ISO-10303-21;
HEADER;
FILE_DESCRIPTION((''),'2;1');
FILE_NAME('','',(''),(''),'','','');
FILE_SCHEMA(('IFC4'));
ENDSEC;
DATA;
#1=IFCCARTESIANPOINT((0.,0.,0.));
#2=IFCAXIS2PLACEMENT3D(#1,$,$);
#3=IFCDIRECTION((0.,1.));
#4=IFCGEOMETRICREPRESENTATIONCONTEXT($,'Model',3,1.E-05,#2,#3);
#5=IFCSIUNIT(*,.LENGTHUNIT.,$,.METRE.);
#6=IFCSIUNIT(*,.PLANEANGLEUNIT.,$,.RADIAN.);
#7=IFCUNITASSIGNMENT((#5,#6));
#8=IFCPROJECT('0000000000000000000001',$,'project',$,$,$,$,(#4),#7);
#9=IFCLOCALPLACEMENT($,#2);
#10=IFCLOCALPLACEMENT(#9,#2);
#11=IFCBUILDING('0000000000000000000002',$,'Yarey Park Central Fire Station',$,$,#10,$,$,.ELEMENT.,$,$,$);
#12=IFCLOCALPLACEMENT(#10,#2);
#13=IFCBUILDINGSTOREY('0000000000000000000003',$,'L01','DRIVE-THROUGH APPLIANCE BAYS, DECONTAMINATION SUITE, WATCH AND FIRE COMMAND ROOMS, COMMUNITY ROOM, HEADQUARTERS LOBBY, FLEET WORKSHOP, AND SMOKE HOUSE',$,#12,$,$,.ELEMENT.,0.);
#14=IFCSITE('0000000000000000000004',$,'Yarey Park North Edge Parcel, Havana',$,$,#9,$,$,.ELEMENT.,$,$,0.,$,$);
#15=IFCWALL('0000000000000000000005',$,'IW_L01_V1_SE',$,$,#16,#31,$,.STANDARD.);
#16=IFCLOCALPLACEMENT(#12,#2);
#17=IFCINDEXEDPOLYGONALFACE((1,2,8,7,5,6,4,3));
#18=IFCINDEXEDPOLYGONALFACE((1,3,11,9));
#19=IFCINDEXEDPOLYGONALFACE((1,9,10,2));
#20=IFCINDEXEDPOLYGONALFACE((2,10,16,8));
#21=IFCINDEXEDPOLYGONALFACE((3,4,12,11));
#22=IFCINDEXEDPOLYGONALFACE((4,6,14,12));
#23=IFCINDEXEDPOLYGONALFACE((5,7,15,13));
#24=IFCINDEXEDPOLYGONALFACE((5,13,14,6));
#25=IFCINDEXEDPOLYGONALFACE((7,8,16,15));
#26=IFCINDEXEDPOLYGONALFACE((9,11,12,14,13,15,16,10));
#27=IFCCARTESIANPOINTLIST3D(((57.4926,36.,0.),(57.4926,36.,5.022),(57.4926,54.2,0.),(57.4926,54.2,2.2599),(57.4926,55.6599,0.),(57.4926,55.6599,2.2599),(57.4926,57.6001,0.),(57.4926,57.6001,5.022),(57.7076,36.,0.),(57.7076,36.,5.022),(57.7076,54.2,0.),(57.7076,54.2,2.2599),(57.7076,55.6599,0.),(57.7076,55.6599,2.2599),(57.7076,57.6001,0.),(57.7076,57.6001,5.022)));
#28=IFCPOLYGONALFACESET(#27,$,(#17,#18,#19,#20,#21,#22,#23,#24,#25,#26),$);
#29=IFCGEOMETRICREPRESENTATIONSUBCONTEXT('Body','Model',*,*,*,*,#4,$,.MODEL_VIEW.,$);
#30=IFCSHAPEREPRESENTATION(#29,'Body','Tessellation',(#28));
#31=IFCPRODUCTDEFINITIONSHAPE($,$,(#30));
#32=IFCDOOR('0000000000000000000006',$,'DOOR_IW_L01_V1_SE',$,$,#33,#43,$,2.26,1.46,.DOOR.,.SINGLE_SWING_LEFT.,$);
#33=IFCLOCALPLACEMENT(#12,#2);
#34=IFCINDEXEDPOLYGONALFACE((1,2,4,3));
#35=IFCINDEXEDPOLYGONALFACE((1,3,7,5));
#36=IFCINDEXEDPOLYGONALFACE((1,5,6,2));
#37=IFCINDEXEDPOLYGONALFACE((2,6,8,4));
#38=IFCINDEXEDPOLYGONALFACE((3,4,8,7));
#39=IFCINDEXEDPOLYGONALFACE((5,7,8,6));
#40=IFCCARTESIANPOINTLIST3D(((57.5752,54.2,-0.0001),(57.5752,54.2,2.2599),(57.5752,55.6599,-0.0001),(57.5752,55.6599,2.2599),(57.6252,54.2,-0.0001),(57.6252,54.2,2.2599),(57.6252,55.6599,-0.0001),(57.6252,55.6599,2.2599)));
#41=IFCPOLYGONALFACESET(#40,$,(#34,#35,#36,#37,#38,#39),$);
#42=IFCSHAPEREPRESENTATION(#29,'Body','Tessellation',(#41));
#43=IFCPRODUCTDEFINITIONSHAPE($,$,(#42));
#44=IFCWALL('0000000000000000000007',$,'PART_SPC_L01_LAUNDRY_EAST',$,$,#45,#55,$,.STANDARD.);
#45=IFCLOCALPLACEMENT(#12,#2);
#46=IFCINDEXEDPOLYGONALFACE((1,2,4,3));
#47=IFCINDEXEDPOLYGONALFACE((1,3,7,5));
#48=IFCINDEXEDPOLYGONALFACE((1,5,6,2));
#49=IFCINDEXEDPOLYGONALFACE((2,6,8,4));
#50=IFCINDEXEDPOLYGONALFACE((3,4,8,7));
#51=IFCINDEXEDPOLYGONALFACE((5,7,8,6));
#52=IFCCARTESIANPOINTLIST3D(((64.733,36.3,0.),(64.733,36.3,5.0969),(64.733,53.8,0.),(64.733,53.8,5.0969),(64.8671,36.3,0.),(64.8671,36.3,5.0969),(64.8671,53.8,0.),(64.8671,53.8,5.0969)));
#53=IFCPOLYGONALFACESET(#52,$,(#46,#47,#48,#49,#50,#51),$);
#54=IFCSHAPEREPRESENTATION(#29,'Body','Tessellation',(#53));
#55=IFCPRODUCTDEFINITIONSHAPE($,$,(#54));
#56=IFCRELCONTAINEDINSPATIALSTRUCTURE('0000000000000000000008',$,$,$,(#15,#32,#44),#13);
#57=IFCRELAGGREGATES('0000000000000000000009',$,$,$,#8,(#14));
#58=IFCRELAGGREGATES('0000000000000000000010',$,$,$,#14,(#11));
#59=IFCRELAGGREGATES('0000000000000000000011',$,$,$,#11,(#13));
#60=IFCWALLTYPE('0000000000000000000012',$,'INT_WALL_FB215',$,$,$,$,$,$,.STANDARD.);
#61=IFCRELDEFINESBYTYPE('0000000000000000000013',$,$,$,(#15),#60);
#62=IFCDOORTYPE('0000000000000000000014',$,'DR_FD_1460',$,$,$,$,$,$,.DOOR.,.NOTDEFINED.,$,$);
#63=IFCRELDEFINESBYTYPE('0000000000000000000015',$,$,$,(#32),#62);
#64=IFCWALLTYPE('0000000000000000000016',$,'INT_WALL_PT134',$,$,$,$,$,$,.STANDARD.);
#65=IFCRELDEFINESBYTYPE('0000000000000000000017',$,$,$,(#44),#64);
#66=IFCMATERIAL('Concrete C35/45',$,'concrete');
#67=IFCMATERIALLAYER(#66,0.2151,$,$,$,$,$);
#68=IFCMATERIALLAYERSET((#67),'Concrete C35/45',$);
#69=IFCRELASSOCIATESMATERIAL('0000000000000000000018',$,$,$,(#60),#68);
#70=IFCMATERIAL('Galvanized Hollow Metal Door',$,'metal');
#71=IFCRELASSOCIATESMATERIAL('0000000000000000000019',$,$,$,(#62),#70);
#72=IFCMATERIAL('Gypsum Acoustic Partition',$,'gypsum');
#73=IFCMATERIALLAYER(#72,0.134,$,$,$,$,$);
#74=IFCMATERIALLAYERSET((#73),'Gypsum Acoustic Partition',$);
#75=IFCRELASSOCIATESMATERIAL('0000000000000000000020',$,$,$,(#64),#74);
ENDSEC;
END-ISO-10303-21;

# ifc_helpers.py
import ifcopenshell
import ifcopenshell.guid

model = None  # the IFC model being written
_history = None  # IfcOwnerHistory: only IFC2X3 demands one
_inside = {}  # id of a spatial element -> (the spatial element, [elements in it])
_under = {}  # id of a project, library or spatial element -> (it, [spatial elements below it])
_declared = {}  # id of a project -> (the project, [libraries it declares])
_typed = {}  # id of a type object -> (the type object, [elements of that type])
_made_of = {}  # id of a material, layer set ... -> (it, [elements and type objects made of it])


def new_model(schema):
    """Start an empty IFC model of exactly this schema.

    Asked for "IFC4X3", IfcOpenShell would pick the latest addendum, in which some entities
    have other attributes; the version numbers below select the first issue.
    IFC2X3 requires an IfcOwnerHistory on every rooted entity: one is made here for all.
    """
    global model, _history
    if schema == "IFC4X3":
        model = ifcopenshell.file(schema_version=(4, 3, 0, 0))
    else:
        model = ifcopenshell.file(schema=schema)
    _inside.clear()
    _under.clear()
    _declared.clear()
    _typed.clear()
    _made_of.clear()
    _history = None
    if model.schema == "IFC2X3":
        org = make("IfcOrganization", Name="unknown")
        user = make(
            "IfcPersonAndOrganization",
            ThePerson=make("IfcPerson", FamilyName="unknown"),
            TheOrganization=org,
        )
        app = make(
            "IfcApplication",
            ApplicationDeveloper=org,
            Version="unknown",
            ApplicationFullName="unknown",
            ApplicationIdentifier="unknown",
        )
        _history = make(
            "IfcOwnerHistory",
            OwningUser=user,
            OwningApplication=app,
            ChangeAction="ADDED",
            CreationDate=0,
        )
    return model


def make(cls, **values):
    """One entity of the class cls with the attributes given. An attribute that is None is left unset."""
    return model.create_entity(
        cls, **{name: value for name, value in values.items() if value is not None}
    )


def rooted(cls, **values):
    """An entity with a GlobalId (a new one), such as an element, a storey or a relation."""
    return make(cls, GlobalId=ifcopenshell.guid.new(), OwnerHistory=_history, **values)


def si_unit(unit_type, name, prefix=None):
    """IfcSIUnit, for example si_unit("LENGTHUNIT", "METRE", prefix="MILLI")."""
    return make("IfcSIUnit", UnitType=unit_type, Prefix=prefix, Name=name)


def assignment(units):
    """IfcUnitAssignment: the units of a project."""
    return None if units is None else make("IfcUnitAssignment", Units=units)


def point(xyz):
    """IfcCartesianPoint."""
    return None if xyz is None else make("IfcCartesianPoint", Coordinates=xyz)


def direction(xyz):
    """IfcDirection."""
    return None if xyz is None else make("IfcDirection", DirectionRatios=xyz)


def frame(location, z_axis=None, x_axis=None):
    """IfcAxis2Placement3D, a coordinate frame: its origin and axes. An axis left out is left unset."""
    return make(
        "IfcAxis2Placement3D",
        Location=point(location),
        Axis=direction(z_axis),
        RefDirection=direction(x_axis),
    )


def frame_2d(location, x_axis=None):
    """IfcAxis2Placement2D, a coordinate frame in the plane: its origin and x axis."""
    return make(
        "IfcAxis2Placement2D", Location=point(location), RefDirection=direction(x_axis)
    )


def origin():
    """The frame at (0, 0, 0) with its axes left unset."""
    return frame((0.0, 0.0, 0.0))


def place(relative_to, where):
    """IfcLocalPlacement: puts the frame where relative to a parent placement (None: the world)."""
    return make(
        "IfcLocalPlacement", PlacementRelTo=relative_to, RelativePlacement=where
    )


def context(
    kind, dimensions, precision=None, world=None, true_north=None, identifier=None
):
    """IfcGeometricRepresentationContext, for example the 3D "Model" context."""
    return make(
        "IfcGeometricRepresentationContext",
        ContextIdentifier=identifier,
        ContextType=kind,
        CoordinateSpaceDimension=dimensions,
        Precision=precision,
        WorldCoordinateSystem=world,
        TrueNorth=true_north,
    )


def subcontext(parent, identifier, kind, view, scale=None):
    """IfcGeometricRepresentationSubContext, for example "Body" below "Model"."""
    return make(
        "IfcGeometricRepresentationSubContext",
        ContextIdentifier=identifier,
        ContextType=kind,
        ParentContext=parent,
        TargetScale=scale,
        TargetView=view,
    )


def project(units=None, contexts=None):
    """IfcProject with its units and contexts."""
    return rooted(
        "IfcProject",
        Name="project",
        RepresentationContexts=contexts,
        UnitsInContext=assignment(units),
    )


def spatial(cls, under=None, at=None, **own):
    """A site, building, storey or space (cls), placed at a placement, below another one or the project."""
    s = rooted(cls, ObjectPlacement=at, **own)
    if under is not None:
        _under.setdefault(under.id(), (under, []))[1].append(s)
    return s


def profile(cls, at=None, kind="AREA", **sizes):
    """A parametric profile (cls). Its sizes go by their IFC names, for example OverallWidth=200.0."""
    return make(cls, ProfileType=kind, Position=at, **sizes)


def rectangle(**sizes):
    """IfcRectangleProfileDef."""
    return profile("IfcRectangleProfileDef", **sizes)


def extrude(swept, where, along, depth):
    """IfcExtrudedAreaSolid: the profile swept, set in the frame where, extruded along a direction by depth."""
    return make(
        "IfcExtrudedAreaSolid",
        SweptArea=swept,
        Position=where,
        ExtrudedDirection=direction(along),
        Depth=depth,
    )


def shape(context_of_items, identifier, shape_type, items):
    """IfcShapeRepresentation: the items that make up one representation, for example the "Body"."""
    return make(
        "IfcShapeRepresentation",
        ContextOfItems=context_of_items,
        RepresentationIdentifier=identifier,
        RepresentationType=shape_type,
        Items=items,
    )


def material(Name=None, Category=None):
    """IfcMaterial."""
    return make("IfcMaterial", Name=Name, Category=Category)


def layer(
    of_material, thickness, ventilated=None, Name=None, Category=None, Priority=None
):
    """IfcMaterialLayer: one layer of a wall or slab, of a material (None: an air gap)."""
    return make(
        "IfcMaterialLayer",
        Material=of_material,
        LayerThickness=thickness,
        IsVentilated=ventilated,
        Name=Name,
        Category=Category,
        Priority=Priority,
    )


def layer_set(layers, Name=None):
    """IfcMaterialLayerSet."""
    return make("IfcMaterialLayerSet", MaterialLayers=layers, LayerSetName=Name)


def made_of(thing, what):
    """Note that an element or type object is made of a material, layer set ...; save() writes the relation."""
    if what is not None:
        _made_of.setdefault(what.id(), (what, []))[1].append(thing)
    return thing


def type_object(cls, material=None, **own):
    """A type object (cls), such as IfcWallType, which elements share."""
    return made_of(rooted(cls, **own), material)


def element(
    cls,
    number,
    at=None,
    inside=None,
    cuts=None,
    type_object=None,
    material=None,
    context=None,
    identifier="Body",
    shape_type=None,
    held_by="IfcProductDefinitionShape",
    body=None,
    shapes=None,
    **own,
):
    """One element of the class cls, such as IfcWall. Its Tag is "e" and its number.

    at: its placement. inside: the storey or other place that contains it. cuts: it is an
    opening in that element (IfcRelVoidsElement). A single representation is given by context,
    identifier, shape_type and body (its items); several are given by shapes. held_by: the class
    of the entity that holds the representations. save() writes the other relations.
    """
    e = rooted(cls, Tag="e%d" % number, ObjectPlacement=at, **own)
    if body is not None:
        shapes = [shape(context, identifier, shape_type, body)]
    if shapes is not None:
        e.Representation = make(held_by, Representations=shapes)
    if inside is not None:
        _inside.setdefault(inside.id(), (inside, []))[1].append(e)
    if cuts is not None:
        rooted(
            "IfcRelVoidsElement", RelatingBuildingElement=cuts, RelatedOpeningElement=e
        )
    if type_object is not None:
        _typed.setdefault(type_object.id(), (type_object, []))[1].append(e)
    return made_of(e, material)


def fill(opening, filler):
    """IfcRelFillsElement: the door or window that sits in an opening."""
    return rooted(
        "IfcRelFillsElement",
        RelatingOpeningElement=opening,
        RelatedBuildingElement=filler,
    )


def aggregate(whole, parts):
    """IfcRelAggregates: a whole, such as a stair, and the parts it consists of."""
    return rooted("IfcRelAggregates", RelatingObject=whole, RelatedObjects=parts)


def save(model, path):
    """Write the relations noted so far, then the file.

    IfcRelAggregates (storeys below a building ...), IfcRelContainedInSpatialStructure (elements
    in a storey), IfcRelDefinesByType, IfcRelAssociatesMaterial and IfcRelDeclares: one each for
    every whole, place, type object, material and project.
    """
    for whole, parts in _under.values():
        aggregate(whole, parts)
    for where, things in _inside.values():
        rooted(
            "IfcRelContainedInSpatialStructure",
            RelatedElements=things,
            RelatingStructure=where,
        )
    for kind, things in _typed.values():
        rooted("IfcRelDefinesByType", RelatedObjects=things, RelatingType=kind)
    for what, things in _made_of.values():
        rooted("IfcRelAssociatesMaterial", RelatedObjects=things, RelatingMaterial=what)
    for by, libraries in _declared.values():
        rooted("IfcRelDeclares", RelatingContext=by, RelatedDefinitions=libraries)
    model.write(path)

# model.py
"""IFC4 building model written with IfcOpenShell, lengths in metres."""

from ifc_helpers import new_model, si_unit, direction, frame, frame_2d, origin, place, context, subcontext, project, spatial, rectangle, extrude, material, layer, layer_set, type_object, element, fill, save


model = new_model("IFC4")

# Units and contexts
model_context = context("Model", 3, precision=1e-05, world=origin(), true_north=direction((0.0, 1.0)))
body_context = subcontext(model_context, "Body", "Model", "MODEL_VIEW")
ifc_project = project(units=[si_unit("LENGTHUNIT", "METRE"), si_unit("PLANEANGLEUNIT", "RADIAN")], contexts=[model_context])

# Site, building, storey
site_placement = place(None, origin())
site = spatial("IfcSite", under=ifc_project, at=site_placement, Name="Yarey Park North Edge Parcel, Havana", CompositionType="ELEMENT", RefElevation=0.0)
building_placement = place(site_placement, origin())
building = spatial("IfcBuilding", under=site, at=building_placement, Name="Yarey Park Central Fire Station", CompositionType="ELEMENT")
storey_placement = place(building_placement, origin())
storey = spatial("IfcBuildingStorey", under=building, at=storey_placement, Name="L01", Description="DRIVE-THROUGH APPLIANCE BAYS, DECONTAMINATION SUITE, WATCH AND FIRE COMMAND ROOMS, COMMUNITY ROOM, HEADQUARTERS LOBBY, FLEET WORKSHOP, AND SMOKE HOUSE", CompositionType="ELEMENT", Elevation=0.0)

# Shared definitions
ifc_material_1 = material(Name="Concrete C35/45", Category="concrete")

# Wall, opening, door
ifc_layer_1 = layer(ifc_material_1, 0.2151)
ifc_layer_set_1 = layer_set([ifc_layer_1], Name="Concrete C35/45")
wall_type_1 = type_object("IfcWallType", Name="INT_WALL_FB215", PredefinedType="STANDARD", material=ifc_layer_set_1)
wall_1_placement = place(storey_placement, frame((57.6001, 36.0, 0.0), z_axis=(0.0, 0.0, 1.0), x_axis=(0.0, 1.0, 0.0)))
wall_1 = element("IfcWall", 1, at=wall_1_placement, inside=storey, type_object=wall_type_1, Name="IW_L01_V1_SE", PredefinedType="STANDARD", context=body_context, shape_type="SweptSolid", body=[
    extrude(rectangle(XDim=21.6001, YDim=0.2151, at=frame_2d((10.8, 0.0))), origin(), (0.0, 0.0, 1.0), 5.022),
])
opening_1_placement = place(wall_1_placement, frame((18.2, 0.0, 0.0)))
opening_1 = element("IfcOpeningElement", 2, at=opening_1_placement, cuts=wall_1, PredefinedType="OPENING", context=body_context, shape_type="SweptSolid", body=[
    extrude(rectangle(XDim=1.46, YDim=2.26, at=frame_2d((0.73, 1.1299))), frame((0.0, 0.1174, 0.0), z_axis=(0.0, -1.0, 0.0), x_axis=(1.0, 0.0, 0.0)), (0.0, 0.0, 1.0), 0.2351),
])
ifc_material_2 = material(Name="Galvanized Hollow Metal Door", Category="metal")
door_type = type_object("IfcDoorType", Name="DR_FD_1460", OperationType="NOTDEFINED", PredefinedType="DOOR", material=ifc_material_2)
door_placement = place(opening_1_placement, origin())
door = element("IfcDoor", 3, at=door_placement, inside=storey, type_object=door_type, Name="DOOR_IW_L01_V1_SE", OperationType="SINGLE_SWING_LEFT", OverallHeight=2.26, OverallWidth=1.46, PredefinedType="DOOR", context=body_context, shape_type="SweptSolid", body=[
    extrude(rectangle(XDim=1.46, YDim=2.26, at=frame_2d((0.73, 1.1299))), frame((0.0, 0.0249, 0.0), z_axis=(0.0, -1.0, 0.0), x_axis=(1.0, 0.0, 0.0)), (0.0, 0.0, 1.0), 0.05),
])
fill(opening_1, door)

# Wall
ifc_material_3 = material(Name="Gypsum Acoustic Partition", Category="gypsum")
ifc_layer_2 = layer(ifc_material_3, 0.134)
ifc_layer_set_2 = layer_set([ifc_layer_2], Name="Gypsum Acoustic Partition")
wall_type_2 = type_object("IfcWallType", Name="INT_WALL_PT134", PredefinedType="STANDARD", material=ifc_layer_set_2)
wall_2_placement = place(storey_placement, frame((64.8, 36.3, 0.0), z_axis=(0.0, 0.0, 1.0), x_axis=(0.0, 1.0, 0.0)))
element("IfcWall", 4, at=wall_2_placement, inside=storey, type_object=wall_type_2, Name="PART_SPC_L01_LAUNDRY_EAST", PredefinedType="STANDARD", context=body_context, shape_type="SweptSolid", body=[
    extrude(rectangle(XDim=17.5, YDim=0.134, at=frame_2d((8.75, 0.0))), origin(), (0.0, 0.0, 1.0), 5.0969),
])

save(model, "model.ifc")
